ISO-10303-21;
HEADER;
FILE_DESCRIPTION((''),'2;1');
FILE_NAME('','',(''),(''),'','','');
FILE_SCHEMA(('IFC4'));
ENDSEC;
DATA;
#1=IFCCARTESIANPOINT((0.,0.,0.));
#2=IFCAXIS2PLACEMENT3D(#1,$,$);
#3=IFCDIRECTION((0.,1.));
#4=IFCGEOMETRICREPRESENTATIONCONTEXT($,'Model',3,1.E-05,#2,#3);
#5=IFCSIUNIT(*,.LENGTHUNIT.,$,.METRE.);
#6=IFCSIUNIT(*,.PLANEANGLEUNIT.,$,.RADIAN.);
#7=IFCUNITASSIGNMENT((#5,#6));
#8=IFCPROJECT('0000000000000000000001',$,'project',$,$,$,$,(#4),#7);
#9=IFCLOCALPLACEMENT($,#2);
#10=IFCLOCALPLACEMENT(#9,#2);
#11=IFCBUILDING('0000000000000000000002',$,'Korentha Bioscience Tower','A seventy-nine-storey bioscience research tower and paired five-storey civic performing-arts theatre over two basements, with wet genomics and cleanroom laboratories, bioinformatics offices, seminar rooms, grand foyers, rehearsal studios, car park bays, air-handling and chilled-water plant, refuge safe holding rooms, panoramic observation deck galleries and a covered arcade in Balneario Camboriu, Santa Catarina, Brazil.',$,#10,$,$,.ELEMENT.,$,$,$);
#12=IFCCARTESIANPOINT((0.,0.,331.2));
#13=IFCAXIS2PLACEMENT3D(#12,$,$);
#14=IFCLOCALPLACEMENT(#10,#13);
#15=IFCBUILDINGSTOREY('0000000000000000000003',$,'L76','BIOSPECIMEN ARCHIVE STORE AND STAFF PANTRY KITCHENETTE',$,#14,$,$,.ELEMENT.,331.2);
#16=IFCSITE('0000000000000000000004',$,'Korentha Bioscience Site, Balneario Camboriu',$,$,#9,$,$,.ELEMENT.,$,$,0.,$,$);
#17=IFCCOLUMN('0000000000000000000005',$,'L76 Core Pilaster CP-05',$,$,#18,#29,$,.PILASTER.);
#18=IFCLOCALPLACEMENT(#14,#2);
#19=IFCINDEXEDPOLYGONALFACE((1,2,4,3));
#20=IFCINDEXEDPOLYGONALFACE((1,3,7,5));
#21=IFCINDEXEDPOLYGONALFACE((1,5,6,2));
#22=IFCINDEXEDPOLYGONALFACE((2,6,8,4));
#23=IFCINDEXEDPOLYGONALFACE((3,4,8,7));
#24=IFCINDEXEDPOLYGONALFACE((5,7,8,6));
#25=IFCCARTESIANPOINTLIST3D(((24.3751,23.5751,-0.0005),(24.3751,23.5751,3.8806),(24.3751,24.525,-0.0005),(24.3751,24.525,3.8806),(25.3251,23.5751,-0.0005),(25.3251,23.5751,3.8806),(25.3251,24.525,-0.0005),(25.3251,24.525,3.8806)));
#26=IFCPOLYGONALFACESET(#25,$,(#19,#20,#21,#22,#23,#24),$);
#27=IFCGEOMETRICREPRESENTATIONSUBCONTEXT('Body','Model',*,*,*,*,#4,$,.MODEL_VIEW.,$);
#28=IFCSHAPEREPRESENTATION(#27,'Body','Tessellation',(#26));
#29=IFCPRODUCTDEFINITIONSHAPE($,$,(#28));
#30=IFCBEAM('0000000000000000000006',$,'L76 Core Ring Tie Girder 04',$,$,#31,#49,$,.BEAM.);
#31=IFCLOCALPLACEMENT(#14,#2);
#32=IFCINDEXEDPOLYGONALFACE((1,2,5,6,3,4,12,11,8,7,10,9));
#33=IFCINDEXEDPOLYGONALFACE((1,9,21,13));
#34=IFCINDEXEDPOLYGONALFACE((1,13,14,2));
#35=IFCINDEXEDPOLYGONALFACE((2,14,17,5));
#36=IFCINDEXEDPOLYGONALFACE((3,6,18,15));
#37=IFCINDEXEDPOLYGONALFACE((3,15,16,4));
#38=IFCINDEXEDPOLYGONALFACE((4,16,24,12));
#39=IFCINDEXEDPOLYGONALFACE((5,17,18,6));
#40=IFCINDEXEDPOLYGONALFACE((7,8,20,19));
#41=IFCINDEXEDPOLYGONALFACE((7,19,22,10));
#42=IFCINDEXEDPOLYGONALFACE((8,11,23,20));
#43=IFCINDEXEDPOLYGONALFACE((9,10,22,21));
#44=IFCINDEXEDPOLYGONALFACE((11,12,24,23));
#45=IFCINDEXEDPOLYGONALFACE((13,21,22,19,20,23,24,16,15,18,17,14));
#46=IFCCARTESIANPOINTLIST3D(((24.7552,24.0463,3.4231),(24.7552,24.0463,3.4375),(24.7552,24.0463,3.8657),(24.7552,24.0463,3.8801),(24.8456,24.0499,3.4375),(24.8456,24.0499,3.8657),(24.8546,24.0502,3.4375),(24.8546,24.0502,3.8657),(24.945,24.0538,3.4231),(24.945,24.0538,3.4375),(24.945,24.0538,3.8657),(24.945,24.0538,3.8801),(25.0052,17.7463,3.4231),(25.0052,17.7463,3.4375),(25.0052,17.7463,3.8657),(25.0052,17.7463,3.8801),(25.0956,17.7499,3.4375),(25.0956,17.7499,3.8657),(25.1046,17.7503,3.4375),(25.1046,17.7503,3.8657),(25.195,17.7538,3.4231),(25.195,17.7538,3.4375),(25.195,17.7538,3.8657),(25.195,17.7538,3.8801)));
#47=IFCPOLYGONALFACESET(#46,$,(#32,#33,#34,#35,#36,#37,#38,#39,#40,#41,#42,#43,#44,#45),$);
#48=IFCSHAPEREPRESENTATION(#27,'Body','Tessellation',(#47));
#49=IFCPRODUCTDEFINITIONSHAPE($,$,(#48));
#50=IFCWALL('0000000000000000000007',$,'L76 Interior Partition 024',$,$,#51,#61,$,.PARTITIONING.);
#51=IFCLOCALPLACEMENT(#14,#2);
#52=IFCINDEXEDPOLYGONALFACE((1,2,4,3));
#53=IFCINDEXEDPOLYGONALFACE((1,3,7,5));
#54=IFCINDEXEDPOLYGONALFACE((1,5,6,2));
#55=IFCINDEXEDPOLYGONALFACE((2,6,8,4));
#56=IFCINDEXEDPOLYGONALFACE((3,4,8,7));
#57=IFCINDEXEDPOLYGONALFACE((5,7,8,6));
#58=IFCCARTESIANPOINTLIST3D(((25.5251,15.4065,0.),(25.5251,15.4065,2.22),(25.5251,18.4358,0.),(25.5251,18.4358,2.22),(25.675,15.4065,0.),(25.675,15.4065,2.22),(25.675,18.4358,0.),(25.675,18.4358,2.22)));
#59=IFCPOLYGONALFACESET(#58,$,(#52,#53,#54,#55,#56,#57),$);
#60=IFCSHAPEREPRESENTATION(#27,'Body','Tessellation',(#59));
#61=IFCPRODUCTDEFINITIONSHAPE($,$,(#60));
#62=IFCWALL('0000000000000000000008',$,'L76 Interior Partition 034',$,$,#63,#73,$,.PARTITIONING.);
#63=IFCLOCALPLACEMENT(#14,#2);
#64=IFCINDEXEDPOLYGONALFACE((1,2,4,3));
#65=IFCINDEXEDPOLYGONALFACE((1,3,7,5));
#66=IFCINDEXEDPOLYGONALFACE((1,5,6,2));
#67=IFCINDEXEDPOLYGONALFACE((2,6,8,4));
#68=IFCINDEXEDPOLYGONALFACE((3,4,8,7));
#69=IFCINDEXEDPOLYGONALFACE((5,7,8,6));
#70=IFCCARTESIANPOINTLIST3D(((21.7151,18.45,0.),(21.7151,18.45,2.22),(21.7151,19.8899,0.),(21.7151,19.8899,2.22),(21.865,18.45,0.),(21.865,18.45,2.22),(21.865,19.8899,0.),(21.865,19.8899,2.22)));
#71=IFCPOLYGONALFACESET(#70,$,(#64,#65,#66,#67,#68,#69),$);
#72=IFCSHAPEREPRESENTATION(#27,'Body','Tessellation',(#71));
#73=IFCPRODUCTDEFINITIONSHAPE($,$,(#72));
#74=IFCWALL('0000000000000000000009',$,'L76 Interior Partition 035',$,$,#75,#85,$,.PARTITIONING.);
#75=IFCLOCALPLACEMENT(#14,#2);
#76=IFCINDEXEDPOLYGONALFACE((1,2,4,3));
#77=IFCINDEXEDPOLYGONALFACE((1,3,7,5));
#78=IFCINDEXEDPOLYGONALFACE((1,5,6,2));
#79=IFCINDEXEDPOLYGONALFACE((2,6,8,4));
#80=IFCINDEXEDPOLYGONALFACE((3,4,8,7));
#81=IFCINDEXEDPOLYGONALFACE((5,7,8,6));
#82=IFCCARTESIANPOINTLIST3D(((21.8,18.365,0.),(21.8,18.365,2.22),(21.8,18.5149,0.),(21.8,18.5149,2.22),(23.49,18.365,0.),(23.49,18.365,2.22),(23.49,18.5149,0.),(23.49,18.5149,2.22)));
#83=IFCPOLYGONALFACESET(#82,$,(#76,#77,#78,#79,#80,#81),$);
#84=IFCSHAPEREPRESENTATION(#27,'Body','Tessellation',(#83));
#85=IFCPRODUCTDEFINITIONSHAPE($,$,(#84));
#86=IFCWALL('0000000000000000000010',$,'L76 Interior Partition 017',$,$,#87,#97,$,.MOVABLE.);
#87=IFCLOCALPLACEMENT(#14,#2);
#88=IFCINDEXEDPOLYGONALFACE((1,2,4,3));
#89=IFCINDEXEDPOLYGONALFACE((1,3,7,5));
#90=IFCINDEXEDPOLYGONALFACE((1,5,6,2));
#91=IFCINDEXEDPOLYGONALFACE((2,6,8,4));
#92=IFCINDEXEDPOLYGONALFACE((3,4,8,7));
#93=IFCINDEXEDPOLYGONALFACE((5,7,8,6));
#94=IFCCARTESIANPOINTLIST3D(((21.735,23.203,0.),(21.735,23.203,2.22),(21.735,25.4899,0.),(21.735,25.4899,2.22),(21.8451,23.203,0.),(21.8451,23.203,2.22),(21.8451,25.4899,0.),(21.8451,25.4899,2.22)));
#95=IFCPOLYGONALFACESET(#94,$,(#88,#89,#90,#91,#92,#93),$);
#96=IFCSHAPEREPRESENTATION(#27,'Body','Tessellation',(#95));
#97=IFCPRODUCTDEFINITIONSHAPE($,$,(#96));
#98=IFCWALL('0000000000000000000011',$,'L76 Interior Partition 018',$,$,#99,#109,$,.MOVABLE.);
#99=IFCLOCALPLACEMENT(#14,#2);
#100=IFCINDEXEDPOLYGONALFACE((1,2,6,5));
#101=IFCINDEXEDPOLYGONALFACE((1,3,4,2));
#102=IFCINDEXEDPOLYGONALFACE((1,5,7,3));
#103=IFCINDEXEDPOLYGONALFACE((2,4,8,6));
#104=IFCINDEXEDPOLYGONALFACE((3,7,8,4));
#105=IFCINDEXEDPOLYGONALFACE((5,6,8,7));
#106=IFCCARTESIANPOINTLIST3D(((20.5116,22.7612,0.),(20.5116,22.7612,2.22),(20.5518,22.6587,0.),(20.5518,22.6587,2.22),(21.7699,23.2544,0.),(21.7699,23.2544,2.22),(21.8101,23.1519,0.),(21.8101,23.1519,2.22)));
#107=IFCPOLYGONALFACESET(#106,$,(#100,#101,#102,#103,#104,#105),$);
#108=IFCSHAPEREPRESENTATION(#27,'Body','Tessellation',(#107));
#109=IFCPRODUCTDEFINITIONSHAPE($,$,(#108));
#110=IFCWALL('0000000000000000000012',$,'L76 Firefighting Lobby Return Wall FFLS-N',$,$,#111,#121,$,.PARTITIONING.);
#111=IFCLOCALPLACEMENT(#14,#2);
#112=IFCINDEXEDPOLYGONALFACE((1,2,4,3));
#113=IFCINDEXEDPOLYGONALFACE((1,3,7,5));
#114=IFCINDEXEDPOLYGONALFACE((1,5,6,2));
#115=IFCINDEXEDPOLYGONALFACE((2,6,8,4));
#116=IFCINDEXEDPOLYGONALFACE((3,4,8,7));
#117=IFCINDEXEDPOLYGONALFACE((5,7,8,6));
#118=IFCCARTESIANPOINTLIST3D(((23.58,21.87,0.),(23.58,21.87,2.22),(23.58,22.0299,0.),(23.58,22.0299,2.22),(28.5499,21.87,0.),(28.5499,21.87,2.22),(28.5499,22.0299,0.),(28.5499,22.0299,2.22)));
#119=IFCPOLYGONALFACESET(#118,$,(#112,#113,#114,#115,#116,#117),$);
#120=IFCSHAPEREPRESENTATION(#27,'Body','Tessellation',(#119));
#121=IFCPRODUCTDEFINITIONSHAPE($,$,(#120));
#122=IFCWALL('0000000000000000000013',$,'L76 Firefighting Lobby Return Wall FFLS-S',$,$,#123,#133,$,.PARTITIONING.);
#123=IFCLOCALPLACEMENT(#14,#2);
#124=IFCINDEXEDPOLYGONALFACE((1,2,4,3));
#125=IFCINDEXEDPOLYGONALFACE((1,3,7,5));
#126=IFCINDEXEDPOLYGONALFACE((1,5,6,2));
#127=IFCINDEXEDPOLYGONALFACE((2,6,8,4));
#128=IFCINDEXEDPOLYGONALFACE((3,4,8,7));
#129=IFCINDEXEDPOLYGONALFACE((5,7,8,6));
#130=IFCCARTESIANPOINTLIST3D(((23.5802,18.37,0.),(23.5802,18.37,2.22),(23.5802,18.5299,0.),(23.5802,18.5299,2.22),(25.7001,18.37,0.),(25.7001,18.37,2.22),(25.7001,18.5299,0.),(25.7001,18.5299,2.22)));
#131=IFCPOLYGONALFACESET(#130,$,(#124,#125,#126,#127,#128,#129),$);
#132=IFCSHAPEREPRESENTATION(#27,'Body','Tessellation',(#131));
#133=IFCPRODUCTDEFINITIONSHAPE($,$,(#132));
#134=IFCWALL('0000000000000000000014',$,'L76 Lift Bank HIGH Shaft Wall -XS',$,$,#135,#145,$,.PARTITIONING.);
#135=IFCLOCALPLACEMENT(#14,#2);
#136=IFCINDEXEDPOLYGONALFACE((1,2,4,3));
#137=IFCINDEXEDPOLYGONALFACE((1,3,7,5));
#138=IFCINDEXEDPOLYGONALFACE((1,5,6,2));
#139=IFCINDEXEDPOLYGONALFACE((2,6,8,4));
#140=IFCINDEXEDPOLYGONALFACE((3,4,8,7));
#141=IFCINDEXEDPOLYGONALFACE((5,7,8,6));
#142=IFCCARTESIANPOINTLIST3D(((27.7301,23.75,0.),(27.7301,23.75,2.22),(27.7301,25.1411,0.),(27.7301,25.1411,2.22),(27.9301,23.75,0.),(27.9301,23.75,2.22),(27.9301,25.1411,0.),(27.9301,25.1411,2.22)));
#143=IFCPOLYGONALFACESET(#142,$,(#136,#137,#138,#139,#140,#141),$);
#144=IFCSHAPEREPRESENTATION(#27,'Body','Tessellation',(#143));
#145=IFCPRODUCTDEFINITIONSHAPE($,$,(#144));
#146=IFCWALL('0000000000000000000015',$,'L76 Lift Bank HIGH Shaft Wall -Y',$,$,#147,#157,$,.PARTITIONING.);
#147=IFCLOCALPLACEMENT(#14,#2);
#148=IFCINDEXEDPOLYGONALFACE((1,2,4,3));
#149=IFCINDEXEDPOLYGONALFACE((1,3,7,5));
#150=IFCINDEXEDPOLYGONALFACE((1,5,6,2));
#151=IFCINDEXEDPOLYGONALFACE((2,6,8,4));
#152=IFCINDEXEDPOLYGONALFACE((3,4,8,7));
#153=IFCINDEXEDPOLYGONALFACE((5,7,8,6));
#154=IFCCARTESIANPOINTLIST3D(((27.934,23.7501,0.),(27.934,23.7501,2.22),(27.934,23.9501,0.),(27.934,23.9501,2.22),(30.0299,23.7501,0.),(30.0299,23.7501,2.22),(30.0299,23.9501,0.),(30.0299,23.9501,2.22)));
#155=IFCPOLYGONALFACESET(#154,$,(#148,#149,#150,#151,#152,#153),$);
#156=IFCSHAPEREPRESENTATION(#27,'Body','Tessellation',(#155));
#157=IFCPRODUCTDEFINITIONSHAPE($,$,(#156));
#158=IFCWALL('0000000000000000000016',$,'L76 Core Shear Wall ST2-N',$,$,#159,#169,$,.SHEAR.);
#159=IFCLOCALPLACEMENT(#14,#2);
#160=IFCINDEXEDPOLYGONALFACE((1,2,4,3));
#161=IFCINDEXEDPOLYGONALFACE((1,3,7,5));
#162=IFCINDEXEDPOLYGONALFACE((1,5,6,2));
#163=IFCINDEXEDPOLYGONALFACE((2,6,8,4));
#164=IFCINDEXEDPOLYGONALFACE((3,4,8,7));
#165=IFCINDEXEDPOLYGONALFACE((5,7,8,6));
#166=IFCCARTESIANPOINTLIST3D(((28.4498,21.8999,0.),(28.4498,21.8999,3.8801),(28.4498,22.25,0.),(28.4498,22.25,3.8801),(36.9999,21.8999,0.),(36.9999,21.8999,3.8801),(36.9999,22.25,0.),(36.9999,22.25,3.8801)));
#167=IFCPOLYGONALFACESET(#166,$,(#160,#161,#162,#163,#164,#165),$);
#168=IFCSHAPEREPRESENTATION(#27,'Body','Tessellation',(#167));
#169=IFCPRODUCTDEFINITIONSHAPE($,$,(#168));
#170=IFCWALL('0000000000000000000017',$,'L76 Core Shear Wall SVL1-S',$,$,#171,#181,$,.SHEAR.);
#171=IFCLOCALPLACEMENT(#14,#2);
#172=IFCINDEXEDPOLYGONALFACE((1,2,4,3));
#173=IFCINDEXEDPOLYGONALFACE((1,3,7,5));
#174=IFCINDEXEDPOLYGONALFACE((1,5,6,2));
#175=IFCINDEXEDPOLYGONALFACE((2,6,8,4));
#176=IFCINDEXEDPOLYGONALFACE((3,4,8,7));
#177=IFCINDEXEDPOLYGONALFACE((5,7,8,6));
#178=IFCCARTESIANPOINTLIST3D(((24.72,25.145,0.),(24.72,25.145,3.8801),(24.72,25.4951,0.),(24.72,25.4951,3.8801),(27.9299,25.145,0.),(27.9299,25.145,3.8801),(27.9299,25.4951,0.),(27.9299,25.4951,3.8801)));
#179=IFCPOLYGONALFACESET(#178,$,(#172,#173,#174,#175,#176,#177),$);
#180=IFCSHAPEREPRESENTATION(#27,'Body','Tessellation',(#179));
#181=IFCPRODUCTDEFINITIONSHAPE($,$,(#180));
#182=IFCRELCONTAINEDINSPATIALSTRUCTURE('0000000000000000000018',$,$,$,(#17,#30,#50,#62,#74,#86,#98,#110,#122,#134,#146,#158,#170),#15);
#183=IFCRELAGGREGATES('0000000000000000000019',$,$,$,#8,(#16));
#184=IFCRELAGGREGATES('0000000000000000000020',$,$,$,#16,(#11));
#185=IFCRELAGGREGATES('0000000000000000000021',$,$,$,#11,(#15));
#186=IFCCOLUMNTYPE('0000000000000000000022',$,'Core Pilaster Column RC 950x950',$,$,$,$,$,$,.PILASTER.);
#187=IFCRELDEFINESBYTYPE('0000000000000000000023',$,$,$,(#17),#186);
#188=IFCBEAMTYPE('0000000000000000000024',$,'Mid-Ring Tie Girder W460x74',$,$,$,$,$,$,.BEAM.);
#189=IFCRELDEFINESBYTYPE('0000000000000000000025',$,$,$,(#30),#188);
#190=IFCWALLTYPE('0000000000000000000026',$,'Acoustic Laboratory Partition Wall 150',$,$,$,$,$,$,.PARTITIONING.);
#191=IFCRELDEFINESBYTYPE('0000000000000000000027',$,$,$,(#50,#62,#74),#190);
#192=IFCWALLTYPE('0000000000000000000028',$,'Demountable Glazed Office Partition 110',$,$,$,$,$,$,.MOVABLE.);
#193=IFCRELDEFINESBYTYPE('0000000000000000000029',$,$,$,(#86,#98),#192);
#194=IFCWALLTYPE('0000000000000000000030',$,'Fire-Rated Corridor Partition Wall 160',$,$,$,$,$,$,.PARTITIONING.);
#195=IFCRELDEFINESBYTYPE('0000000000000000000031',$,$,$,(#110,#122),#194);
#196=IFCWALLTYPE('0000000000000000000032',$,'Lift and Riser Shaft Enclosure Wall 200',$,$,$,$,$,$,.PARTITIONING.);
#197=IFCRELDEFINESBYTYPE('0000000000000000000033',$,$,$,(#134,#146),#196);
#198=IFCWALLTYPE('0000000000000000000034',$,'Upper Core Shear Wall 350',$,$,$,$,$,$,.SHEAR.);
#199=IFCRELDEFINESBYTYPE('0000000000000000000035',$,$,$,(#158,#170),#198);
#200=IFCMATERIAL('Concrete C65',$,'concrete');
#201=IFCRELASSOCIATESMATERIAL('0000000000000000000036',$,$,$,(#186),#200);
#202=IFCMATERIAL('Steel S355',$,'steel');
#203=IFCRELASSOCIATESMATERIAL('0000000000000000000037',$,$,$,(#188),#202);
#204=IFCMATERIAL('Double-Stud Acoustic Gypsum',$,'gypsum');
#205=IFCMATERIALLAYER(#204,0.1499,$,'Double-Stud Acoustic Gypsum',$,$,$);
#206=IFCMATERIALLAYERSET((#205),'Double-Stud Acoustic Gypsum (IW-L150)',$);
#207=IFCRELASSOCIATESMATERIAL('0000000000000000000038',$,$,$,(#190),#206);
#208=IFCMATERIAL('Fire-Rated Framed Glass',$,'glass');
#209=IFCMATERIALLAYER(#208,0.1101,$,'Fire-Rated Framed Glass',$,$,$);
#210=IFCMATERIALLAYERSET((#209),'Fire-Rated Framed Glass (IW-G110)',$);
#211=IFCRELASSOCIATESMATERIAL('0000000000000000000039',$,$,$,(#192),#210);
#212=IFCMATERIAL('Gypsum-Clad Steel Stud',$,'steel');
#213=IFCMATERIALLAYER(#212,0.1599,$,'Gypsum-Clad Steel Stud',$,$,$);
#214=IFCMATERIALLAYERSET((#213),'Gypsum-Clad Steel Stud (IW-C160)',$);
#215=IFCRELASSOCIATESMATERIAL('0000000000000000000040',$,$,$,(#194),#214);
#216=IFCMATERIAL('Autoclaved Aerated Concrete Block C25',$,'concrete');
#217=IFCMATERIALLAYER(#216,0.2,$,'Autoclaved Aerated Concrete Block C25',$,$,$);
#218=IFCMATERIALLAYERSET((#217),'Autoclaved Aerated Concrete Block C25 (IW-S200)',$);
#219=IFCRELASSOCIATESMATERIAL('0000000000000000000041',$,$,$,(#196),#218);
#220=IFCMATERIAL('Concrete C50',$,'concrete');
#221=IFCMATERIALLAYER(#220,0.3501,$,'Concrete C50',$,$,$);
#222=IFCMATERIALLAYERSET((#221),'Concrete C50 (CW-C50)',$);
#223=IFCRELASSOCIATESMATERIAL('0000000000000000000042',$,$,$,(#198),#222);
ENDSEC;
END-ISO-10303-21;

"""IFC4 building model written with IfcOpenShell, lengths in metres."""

from ifc_helpers import new_model, si_unit, direction, frame, frame_2d, origin, origin_2d, place, context, subcontext, project, spatial, rectangle, i_section, extrude, material, layer, layer_set, material_profile, profile_set, type_object, element, save


model = new_model("IFC4")

# Units and contexts
model_context = context("Model", 3, precision=1e-05, world=origin(), true_north=direction((0.0, 1.0)))
body_context = subcontext(model_context, "Body", "Model", "MODEL_VIEW")
ifc_project = project(units=[si_unit("LENGTHUNIT", "METRE"), si_unit("PLANEANGLEUNIT", "RADIAN")], contexts=[model_context])

# Site, building, storey
site_placement = place(None, origin())
site = spatial("IfcSite", under=ifc_project, at=site_placement, Name="Korentha Bioscience Site, Balneario Camboriu", CompositionType="ELEMENT", RefElevation=0.0)
building_placement = place(site_placement, origin())
building = spatial("IfcBuilding", under=site, at=building_placement, Name="Korentha Bioscience Tower", Description="A seventy-nine-storey bioscience research tower and paired five-storey civic performing-arts theatre over two basements, with wet genomics and cleanroom laboratories, bioinformatics offices, seminar rooms, grand foyers, rehearsal studios, car park bays, air-handling and chilled-water plant, refuge safe holding rooms, panoramic observation deck galleries and a covered arcade in Balneario Camboriu, Santa Catarina, Brazil.", CompositionType="ELEMENT")
storey_placement = place(building_placement, frame((0.0, 0.0, 331.2)))
storey = spatial("IfcBuildingStorey", under=building, at=storey_placement, Name="L76", Description="BIOSPECIMEN ARCHIVE STORE AND STAFF PANTRY KITCHENETTE", CompositionType="ELEMENT", Elevation=331.2)

# Column
ifc_material_1 = material(Name="Concrete C65", Category="concrete")
ifc_material_profile_1 = material_profile(ifc_material_1, rectangle(XDim=0.95, YDim=0.95, at=origin_2d()), Name="Concrete C65")
ifc_profile_set_1 = profile_set([ifc_material_profile_1], Name="Concrete C65 (COL-CP09)")
column_type = type_object("IfcColumnType", Name="Core Pilaster Column RC 950x950", PredefinedType="PILASTER", material=ifc_profile_set_1)
column_placement = place(storey_placement, frame((24.8501, 24.05, -0.0005), z_axis=(0.0, 0.0, 1.0), x_axis=(1.0, 0.0, 0.0)))
element("IfcColumn", 1, at=column_placement, inside=storey, type_object=column_type, Name="L76 Core Pilaster CP-05", PredefinedType="PILASTER", context=body_context, shape_type="SweptSolid", body=[
    extrude(rectangle(XDim=0.95, YDim=0.95, at=origin_2d()), origin(), (0.0, 0.0, 1.0), 3.8811),
])

# Beam
ifc_material_2 = material(Name="Steel S355", Category="steel")
ifc_material_profile_2 = material_profile(ifc_material_2, i_section(OverallWidth=0.1899, OverallDepth=0.457, WebThickness=0.009, FlangeThickness=0.0144, at=origin_2d()), Name="Steel S355")
ifc_profile_set_2 = profile_set([ifc_material_profile_2], Name="Steel S355 (MB-460)")
beam_type = type_object("IfcBeamType", Name="Mid-Ring Tie Girder W460x74", PredefinedType="BEAM", material=ifc_profile_set_2)
beam_placement = place(storey_placement, frame((24.8501, 24.05, 3.6516), z_axis=(0.039651, -0.999214, 0.0), x_axis=(0.999214, 0.039651, 0.0)))
element("IfcBeam", 2, at=beam_placement, inside=storey, type_object=beam_type, Name="L76 Core Ring Tie Girder 04", PredefinedType="BEAM", context=body_context, shape_type="SweptSolid", body=[
    extrude(i_section(OverallWidth=0.1899, OverallDepth=0.457, WebThickness=0.009, FlangeThickness=0.0144, at=origin_2d()), origin(), (0.0, 0.0, 1.0), 6.3049),
])

# Walls
ifc_material_3 = material(Name="Double-Stud Acoustic Gypsum", Category="gypsum")
ifc_layer_1 = layer(ifc_material_3, 0.1499, Name="Double-Stud Acoustic Gypsum")
ifc_layer_set_1 = layer_set([ifc_layer_1], Name="Double-Stud Acoustic Gypsum (IW-L150)")
wall_type_1 = type_object("IfcWallType", Name="Acoustic Laboratory Partition Wall 150", PredefinedType="PARTITIONING", material=ifc_layer_set_1)
wall_1_placement = place(storey_placement, frame((25.6001, 18.4358, 0.0), z_axis=(0.0, 0.0, 1.0), x_axis=(0.0, -1.0, 0.0)))
element("IfcWall", 3, at=wall_1_placement, inside=storey, type_object=wall_type_1, Name="L76 Interior Partition 024", PredefinedType="PARTITIONING", context=body_context, shape_type="SweptSolid", body=[
    extrude(rectangle(XDim=3.0293, YDim=0.1499, at=frame_2d((1.5146, 0.0))), origin(), (0.0, 0.0, 1.0), 2.22),
])
wall_2_placement = place(storey_placement, frame((21.79, 19.8899, 0.0), z_axis=(0.0, 0.0, 1.0), x_axis=(0.0, -1.0, 0.0)))
element("IfcWall", 4, at=wall_2_placement, inside=storey, type_object=wall_type_1, Name="L76 Interior Partition 034", PredefinedType="PARTITIONING", context=body_context, shape_type="SweptSolid", body=[
    extrude(rectangle(XDim=1.4399, YDim=0.1499, at=frame_2d((0.72, 0.0))), origin(), (0.0, 0.0, 1.0), 2.22),
])
wall_3_placement = place(storey_placement, frame((21.8, 18.4399, 0.0), z_axis=(0.0, 0.0, 1.0), x_axis=(1.0, 0.0, 0.0)))
element("IfcWall", 5, at=wall_3_placement, inside=storey, type_object=wall_type_1, Name="L76 Interior Partition 035", PredefinedType="PARTITIONING", context=body_context, shape_type="SweptSolid", body=[
    extrude(rectangle(XDim=1.6899, YDim=0.1499, at=frame_2d((0.845, 0.0))), origin(), (0.0, 0.0, 1.0), 2.22),
])
ifc_material_4 = material(Name="Fire-Rated Framed Glass", Category="glass")
ifc_layer_2 = layer(ifc_material_4, 0.1101, Name="Fire-Rated Framed Glass")
ifc_layer_set_2 = layer_set([ifc_layer_2], Name="Fire-Rated Framed Glass (IW-G110)")
wall_type_2 = type_object("IfcWallType", Name="Demountable Glazed Office Partition 110", PredefinedType="MOVABLE", material=ifc_layer_set_2)
wall_4_placement = place(storey_placement, frame((21.79, 25.49, 0.0), z_axis=(0.0, 0.0, 1.0), x_axis=(0.0, -1.0, 0.0)))
element("IfcWall", 6, at=wall_4_placement, inside=storey, type_object=wall_type_2, Name="L76 Interior Partition 017", PredefinedType="MOVABLE", context=body_context, shape_type="SweptSolid", body=[
    extrude(rectangle(XDim=2.2869, YDim=0.1101, at=frame_2d((1.1436, 0.0))), origin(), (0.0, 0.0, 1.0), 2.22),
])
wall_5_placement = place(storey_placement, frame((21.79, 23.2031, 0.0), z_axis=(0.0, 0.0, 1.0), x_axis=(-0.931045, -0.364903, 0.0)))
element("IfcWall", 7, at=wall_5_placement, inside=storey, type_object=wall_type_2, Name="L76 Interior Partition 018", PredefinedType="MOVABLE", context=body_context, shape_type="SweptSolid", body=[
    extrude(rectangle(XDim=1.3516, YDim=0.1101, at=frame_2d((0.6758, 0.0))), origin(), (0.0, 0.0, 1.0), 2.22),
])

# Shared definitions
ifc_material_5 = material(Name="Gypsum-Clad Steel Stud", Category="steel")
ifc_layer_3 = layer(ifc_material_5, 0.1599, Name="Gypsum-Clad Steel Stud")
ifc_layer_set_3 = layer_set([ifc_layer_3], Name="Gypsum-Clad Steel Stud (IW-C160)")
wall_type_3 = type_object("IfcWallType", Name="Fire-Rated Corridor Partition Wall 160", PredefinedType="PARTITIONING", material=ifc_layer_set_3)

# Walls
wall_6_placement = place(storey_placement, frame((23.5801, 21.95, 0.0), z_axis=(0.0, 0.0, 1.0), x_axis=(1.0, 0.0, 0.0)))
element("IfcWall", 8, at=wall_6_placement, inside=storey, type_object=wall_type_3, Name="L76 Firefighting Lobby Return Wall FFLS-N", PredefinedType="PARTITIONING", context=body_context, shape_type="SweptSolid", body=[
    extrude(rectangle(XDim=4.97, YDim=0.1599, at=frame_2d((2.4849, 0.0))), origin(), (0.0, 0.0, 1.0), 2.22),
])
wall_7_placement = place(storey_placement, frame((23.5801, 18.45, 0.0), z_axis=(0.0, 0.0, 1.0), x_axis=(1.0, 0.0, 0.0)))
element("IfcWall", 9, at=wall_7_placement, inside=storey, type_object=wall_type_3, Name="L76 Firefighting Lobby Return Wall FFLS-S", PredefinedType="PARTITIONING", context=body_context, shape_type="SweptSolid", body=[
    extrude(rectangle(XDim=2.1199, YDim=0.1599, at=frame_2d((1.0601, 0.0))), origin(), (0.0, 0.0, 1.0), 2.22),
])
ifc_material_6 = material(Name="Autoclaved Aerated Concrete Block C25", Category="concrete")
ifc_layer_4 = layer(ifc_material_6, 0.2, Name="Autoclaved Aerated Concrete Block C25")
ifc_layer_set_4 = layer_set([ifc_layer_4], Name="Autoclaved Aerated Concrete Block C25 (IW-S200)")
wall_type_4 = type_object("IfcWallType", Name="Lift and Riser Shaft Enclosure Wall 200", PredefinedType="PARTITIONING", material=ifc_layer_set_4)
wall_8_placement = place(storey_placement, frame((27.8301, 23.75, 0.0), z_axis=(0.0, 0.0, 1.0), x_axis=(0.0, 1.0, 0.0)))
element("IfcWall", 10, at=wall_8_placement, inside=storey, type_object=wall_type_4, Name="L76 Lift Bank HIGH Shaft Wall -XS", PredefinedType="PARTITIONING", context=body_context, shape_type="SweptSolid", body=[
    extrude(rectangle(XDim=1.3911, YDim=0.2, at=frame_2d((0.6956, 0.0))), origin(), (0.0, 0.0, 1.0), 2.22),
])
wall_9_placement = place(storey_placement, frame((27.9341, 23.8501, 0.0), z_axis=(0.0, 0.0, 1.0), x_axis=(1.0, 0.0, 0.0)))
element("IfcWall", 11, at=wall_9_placement, inside=storey, type_object=wall_type_4, Name="L76 Lift Bank HIGH Shaft Wall -Y", PredefinedType="PARTITIONING", context=body_context, shape_type="SweptSolid", body=[
    extrude(rectangle(XDim=2.0959, YDim=0.2, at=frame_2d((1.0479, 0.0))), origin(), (0.0, 0.0, 1.0), 2.22),
])
ifc_material_7 = material(Name="Concrete C50", Category="concrete")
ifc_layer_5 = layer(ifc_material_7, 0.3501, Name="Concrete C50")
ifc_layer_set_5 = layer_set([ifc_layer_5], Name="Concrete C50 (CW-C50)")
wall_type_5 = type_object("IfcWallType", Name="Upper Core Shear Wall 350", PredefinedType="SHEAR", material=ifc_layer_set_5)
wall_10_placement = place(storey_placement, frame((28.45, 22.075, 0.0), z_axis=(0.0, 0.0, 1.0), x_axis=(1.0, 0.0, 0.0)))
element("IfcWall", 12, at=wall_10_placement, inside=storey, type_object=wall_type_5, Name="L76 Core Shear Wall ST2-N", PredefinedType="SHEAR", context=body_context, shape_type="SweptSolid", body=[
    extrude(rectangle(XDim=8.55, YDim=0.3501, at=frame_2d((4.2749, 0.0))), origin(), (0.0, 0.0, 1.0), 3.8801),
])

# Wall
wall_11_placement = place(storey_placement, frame((24.72, 25.3201, 0.0), z_axis=(0.0, 0.0, 1.0), x_axis=(1.0, 0.0, 0.0)))
element("IfcWall", 13, at=wall_11_placement, inside=storey, type_object=wall_type_5, Name="L76 Core Shear Wall SVL1-S", PredefinedType="SHEAR", context=body_context, shape_type="SweptSolid", body=[
    extrude(rectangle(XDim=3.21, YDim=0.3501, at=frame_2d((1.605, 0.0))), origin(), (0.0, 0.0, 1.0), 3.8801),
])

save(model, "model.ifc")
